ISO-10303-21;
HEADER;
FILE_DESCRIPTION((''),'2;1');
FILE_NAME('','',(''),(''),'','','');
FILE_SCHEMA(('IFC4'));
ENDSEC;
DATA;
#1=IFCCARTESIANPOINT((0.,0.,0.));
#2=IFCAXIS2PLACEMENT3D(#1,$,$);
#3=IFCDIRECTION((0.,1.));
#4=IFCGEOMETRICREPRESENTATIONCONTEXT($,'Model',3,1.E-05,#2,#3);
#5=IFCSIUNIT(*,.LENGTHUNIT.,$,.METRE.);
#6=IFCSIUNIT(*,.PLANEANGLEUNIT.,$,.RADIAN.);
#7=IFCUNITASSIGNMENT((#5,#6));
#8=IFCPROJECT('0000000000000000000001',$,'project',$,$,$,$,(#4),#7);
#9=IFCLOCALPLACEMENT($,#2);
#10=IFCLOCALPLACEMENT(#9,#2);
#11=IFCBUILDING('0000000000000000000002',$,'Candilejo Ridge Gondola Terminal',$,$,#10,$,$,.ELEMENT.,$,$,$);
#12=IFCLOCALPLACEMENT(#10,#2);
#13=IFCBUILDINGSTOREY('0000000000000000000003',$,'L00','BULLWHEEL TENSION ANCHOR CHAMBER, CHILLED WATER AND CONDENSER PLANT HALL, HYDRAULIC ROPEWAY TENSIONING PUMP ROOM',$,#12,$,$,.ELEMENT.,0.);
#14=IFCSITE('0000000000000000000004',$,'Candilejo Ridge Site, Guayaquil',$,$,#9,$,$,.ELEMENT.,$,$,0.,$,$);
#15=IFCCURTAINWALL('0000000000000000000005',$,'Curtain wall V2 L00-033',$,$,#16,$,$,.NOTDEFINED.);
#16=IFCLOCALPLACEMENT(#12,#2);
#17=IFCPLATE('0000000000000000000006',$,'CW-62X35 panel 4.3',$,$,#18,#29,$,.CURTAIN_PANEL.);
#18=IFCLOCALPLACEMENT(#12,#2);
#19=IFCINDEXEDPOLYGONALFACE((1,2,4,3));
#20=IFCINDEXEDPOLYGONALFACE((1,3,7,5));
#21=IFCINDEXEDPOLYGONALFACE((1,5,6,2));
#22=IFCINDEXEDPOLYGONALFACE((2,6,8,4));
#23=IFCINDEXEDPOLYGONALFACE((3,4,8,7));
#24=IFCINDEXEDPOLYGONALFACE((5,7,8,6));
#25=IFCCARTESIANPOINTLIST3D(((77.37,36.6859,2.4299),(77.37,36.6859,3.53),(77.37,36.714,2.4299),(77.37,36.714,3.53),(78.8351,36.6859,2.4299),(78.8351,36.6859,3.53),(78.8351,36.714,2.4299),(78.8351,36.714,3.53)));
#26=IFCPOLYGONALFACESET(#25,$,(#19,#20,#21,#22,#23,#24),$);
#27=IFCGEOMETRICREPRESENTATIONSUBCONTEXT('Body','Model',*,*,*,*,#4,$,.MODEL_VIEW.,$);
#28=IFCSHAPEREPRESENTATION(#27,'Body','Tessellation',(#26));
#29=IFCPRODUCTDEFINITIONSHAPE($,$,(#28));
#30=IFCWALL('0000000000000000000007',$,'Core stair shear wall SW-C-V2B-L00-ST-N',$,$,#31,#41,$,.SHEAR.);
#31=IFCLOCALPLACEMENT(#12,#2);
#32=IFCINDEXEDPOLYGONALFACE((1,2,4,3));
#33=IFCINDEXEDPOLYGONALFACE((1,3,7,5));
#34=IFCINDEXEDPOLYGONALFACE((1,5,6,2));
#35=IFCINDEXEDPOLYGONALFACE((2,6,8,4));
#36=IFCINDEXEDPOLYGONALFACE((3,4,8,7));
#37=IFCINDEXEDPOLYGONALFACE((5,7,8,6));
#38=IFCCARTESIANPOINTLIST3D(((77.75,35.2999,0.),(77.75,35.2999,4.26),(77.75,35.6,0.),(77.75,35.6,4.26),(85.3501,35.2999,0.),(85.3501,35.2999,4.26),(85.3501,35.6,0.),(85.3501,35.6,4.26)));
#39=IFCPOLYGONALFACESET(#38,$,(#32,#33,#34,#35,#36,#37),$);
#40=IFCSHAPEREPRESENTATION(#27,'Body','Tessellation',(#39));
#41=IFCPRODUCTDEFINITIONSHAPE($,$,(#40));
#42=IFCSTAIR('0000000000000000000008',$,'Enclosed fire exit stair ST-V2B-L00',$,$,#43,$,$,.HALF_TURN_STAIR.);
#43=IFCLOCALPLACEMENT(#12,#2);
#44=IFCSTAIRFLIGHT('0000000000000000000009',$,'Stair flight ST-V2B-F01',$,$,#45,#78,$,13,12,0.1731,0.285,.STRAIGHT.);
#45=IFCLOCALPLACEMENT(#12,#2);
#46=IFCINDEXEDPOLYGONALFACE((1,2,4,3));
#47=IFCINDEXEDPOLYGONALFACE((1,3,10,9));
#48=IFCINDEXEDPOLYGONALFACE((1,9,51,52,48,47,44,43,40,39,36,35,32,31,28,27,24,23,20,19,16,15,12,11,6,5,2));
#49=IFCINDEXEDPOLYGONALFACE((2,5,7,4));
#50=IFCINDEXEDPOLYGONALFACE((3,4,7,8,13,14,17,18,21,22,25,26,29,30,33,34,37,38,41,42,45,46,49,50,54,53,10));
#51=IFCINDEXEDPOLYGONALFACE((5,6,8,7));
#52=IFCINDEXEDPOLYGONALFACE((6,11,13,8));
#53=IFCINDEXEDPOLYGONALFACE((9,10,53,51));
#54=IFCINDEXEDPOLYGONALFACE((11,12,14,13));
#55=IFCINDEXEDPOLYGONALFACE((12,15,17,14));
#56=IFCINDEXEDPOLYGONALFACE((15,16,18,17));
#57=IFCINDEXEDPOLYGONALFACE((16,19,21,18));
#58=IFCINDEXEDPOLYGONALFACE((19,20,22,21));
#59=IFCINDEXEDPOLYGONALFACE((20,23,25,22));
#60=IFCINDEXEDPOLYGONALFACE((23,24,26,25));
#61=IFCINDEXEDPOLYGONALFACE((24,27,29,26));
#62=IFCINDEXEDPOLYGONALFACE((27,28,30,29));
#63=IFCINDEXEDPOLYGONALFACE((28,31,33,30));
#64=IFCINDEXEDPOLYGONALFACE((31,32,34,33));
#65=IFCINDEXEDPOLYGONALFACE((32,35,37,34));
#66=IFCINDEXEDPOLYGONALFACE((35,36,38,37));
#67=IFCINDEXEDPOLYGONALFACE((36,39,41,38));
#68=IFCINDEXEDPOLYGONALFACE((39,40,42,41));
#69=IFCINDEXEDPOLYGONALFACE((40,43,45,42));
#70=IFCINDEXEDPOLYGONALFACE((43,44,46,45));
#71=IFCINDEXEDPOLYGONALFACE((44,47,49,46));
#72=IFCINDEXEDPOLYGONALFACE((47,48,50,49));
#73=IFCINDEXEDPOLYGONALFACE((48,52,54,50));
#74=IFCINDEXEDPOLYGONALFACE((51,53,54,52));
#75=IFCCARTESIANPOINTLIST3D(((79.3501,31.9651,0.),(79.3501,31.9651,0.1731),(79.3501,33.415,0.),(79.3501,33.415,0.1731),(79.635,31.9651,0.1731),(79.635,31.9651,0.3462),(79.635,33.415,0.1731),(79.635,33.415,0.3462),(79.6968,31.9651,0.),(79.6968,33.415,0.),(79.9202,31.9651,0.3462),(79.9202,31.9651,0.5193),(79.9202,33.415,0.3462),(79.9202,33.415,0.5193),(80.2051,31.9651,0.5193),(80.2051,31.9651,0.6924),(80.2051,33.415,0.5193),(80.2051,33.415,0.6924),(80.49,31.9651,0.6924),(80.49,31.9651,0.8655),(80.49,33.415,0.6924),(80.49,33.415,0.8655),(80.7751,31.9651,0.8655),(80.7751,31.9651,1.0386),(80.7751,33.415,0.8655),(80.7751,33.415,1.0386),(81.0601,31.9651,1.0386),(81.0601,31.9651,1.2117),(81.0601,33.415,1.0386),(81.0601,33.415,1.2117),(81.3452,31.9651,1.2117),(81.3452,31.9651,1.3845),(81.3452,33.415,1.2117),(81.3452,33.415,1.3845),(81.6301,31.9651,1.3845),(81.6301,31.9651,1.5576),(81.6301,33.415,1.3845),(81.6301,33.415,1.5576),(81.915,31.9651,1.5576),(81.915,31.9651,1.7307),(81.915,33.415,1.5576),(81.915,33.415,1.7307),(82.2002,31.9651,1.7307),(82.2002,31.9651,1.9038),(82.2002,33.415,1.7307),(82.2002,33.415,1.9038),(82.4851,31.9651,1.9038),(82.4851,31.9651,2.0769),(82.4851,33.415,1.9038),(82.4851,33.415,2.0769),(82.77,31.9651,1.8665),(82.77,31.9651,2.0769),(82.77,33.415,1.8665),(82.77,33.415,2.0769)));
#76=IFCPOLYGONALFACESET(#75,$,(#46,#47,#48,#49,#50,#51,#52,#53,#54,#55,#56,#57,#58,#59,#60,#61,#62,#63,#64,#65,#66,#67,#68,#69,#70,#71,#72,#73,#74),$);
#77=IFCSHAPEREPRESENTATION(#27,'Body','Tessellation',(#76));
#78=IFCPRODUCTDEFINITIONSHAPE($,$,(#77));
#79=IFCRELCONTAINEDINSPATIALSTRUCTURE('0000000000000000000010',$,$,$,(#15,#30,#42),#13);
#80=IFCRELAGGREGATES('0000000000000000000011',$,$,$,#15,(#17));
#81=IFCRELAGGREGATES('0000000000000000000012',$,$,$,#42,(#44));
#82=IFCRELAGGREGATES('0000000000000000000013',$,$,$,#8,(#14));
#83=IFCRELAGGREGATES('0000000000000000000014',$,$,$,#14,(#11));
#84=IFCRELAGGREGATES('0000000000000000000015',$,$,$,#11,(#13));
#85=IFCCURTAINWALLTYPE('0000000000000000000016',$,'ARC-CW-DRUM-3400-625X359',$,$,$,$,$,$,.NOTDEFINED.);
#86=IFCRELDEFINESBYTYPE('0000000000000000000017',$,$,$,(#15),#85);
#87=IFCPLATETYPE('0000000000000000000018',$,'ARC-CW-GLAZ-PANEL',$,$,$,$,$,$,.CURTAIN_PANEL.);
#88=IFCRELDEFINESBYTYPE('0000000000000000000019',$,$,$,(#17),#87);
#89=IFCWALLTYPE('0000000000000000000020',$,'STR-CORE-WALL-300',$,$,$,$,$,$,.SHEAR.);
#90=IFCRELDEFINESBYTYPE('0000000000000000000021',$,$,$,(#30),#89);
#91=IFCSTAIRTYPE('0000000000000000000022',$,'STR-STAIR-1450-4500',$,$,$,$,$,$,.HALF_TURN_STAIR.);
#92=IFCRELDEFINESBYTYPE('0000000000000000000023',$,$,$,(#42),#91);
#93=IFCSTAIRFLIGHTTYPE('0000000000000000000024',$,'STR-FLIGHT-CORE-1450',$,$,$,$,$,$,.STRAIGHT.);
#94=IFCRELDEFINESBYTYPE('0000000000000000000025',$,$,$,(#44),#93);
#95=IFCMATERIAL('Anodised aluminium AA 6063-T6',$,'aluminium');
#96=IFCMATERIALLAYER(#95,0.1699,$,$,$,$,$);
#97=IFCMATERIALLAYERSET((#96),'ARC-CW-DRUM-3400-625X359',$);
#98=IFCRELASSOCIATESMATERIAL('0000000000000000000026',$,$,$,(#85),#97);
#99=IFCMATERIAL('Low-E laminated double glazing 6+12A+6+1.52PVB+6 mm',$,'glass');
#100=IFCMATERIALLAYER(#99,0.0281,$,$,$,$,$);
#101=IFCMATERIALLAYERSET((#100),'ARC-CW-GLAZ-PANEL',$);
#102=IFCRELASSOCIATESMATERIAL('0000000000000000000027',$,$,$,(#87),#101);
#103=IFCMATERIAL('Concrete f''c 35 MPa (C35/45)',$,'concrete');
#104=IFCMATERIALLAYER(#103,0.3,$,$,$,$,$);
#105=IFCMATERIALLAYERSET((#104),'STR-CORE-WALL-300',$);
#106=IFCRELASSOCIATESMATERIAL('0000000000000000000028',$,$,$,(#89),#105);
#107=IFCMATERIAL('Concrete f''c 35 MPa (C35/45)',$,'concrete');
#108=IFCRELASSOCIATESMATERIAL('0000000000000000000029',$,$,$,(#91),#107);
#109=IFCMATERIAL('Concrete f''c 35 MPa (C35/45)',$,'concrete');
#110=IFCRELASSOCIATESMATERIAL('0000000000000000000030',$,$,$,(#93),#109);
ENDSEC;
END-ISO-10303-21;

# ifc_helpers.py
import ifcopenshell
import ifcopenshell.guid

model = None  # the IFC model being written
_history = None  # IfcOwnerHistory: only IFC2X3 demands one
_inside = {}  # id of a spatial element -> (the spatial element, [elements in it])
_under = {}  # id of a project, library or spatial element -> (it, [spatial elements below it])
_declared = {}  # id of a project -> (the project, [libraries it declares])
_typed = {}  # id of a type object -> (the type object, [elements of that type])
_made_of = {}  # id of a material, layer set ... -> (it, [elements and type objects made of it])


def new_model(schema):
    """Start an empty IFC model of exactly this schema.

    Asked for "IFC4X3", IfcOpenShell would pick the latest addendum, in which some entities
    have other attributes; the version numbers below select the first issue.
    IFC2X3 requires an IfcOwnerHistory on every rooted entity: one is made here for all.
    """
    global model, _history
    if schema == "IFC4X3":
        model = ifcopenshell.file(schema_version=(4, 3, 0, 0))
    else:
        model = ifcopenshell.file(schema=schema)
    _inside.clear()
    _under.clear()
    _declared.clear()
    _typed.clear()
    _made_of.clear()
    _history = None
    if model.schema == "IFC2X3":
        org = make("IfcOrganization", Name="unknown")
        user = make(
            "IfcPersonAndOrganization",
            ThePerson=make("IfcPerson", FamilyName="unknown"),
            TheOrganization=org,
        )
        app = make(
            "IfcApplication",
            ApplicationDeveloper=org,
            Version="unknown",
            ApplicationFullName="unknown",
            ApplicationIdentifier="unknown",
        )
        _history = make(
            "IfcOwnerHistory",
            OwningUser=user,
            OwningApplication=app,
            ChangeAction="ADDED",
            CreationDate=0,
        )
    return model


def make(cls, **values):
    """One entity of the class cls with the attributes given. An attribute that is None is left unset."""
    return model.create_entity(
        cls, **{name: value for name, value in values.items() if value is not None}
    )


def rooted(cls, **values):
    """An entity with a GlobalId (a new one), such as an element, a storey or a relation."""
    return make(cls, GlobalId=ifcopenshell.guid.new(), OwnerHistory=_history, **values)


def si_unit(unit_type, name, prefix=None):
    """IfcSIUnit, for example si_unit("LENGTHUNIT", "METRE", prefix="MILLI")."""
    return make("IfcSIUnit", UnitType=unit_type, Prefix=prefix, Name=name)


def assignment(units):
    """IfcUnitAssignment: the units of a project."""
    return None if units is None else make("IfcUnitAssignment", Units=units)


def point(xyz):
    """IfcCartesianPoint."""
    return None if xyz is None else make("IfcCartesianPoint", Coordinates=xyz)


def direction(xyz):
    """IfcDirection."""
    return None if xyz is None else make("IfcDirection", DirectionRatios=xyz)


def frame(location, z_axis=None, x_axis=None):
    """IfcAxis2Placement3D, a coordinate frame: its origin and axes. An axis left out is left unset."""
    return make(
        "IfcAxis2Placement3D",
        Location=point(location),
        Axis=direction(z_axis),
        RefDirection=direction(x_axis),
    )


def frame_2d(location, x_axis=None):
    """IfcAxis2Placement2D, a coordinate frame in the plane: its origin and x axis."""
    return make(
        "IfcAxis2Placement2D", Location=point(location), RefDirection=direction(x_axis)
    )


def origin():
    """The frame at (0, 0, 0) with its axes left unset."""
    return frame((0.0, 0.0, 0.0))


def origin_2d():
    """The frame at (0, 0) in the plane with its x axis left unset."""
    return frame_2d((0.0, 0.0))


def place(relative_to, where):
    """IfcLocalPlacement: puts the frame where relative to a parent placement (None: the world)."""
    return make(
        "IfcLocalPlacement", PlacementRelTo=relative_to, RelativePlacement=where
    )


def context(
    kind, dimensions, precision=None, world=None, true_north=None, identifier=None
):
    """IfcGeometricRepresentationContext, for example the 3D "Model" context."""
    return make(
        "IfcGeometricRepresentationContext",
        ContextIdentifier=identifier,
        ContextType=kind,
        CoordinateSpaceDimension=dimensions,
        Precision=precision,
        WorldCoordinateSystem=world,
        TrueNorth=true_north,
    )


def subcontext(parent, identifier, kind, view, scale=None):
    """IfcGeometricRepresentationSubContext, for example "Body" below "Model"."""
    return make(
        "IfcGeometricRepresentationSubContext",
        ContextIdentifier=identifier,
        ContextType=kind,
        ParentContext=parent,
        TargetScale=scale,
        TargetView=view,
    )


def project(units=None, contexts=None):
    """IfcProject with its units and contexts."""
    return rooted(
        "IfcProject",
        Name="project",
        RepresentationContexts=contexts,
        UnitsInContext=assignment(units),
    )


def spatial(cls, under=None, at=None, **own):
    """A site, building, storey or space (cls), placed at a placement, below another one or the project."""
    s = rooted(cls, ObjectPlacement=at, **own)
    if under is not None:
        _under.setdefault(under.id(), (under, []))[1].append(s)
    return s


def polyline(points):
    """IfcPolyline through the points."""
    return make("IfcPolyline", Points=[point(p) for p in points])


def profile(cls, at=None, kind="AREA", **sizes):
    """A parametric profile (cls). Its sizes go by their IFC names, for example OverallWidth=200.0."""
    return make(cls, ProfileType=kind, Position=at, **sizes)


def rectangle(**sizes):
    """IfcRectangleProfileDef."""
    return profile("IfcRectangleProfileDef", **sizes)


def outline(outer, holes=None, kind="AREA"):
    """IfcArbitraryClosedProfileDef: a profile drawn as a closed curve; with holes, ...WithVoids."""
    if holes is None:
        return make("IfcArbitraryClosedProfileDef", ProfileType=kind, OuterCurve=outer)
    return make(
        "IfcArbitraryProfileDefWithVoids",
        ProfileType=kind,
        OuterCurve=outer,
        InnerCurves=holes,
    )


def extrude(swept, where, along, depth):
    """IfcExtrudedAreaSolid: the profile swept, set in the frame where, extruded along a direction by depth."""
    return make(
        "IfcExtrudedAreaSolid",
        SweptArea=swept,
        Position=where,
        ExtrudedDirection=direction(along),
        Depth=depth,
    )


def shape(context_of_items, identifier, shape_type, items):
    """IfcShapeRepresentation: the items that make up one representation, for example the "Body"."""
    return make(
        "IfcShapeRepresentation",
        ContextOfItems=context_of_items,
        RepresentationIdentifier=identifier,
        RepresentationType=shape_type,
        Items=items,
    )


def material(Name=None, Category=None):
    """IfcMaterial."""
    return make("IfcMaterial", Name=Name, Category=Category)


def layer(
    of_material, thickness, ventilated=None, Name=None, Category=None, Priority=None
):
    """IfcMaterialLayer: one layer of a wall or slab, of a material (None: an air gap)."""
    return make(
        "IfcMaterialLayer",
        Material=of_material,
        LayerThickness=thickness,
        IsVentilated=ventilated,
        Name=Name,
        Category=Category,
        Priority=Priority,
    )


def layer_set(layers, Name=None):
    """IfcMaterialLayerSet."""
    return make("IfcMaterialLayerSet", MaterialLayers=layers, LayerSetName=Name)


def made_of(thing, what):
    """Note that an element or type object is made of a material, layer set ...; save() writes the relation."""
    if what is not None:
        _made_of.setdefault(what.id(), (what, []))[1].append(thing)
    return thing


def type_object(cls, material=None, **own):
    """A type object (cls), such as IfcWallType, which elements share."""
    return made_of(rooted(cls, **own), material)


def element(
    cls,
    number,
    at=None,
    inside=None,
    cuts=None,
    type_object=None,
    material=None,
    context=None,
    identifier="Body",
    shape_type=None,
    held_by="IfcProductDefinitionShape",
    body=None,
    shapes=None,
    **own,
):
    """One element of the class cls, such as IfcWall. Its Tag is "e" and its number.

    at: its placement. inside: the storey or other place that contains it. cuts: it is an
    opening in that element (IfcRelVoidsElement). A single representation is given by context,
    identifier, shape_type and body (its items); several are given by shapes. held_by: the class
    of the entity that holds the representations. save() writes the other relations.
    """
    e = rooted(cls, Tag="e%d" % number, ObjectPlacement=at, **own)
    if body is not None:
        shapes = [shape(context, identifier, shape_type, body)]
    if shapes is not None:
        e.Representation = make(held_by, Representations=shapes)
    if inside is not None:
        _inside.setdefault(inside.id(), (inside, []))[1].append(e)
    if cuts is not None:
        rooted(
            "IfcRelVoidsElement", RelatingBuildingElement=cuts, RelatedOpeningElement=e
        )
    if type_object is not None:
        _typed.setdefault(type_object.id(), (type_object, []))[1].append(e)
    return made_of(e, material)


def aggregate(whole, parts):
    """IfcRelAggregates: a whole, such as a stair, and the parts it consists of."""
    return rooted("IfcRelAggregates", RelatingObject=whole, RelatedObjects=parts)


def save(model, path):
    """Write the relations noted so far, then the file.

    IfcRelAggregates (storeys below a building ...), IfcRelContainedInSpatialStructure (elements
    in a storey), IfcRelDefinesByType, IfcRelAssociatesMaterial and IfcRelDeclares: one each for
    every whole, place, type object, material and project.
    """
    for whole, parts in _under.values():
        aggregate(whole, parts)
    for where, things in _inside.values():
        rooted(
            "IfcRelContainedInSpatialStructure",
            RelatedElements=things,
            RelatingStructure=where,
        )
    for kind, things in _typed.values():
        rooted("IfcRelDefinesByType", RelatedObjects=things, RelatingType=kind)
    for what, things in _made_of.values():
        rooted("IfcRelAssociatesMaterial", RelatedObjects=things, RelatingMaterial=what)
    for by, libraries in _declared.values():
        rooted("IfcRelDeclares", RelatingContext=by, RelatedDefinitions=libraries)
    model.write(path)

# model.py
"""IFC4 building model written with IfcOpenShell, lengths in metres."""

from ifc_helpers import new_model, si_unit, direction, frame, frame_2d, origin, origin_2d, place, context, subcontext, project, spatial, polyline, rectangle, outline, extrude, material, layer, layer_set, type_object, element, aggregate, save


model = new_model("IFC4")

# Units and contexts
model_context = context("Model", 3, precision=1e-05, world=origin(), true_north=direction((0.0, 1.0)))
body_context = subcontext(model_context, "Body", "Model", "MODEL_VIEW")
ifc_project = project(units=[si_unit("LENGTHUNIT", "METRE"), si_unit("PLANEANGLEUNIT", "RADIAN")], contexts=[model_context])

# Site, building, storey
site_placement = place(None, origin())
site = spatial("IfcSite", under=ifc_project, at=site_placement, Name="Candilejo Ridge Site, Guayaquil", CompositionType="ELEMENT", RefElevation=0.0)
building_placement = place(site_placement, origin())
building = spatial("IfcBuilding", under=site, at=building_placement, Name="Candilejo Ridge Gondola Terminal", CompositionType="ELEMENT")
storey_placement = place(building_placement, origin())
storey = spatial("IfcBuildingStorey", under=building, at=storey_placement, Name="L00", Description="BULLWHEEL TENSION ANCHOR CHAMBER, CHILLED WATER AND CONDENSER PLANT HALL, HYDRAULIC ROPEWAY TENSIONING PUMP ROOM", CompositionType="ELEMENT", Elevation=0.0)

# Curtain wall
ifc_material_1 = material(Name="Anodised aluminium AA 6063-T6", Category="aluminium")
ifc_layer_1 = layer(ifc_material_1, 0.1699)
ifc_layer_set_1 = layer_set([ifc_layer_1], Name="ARC-CW-DRUM-3400-625X359")
curtain_wall_type = type_object("IfcCurtainWallType", Name="ARC-CW-DRUM-3400-625X359", PredefinedType="NOTDEFINED", material=ifc_layer_set_1)
curtain_wall_placement = place(storey_placement, origin())
curtain_wall = element("IfcCurtainWall", 1, at=curtain_wall_placement, inside=storey, type_object=curtain_wall_type, Name="Curtain wall V2 L00-033", PredefinedType="NOTDEFINED")

# Plate
ifc_material_2 = material(Name="Low-E laminated double glazing 6+12A+6+1.52PVB+6 mm", Category="glass")
ifc_layer_2 = layer(ifc_material_2, 0.0281)
ifc_layer_set_2 = layer_set([ifc_layer_2], Name="ARC-CW-GLAZ-PANEL")
plate_type = type_object("IfcPlateType", Name="ARC-CW-GLAZ-PANEL", PredefinedType="CURTAIN_PANEL", material=ifc_layer_set_2)
plate_1_placement = place(storey_placement, frame((78.1025, 36.7, 2.4299), z_axis=(0.0, 0.0, 1.0), x_axis=(1.0, 0.0, 0.0)))
plate_1 = element("IfcPlate", 2, at=plate_1_placement, type_object=plate_type, Name="CW-62X35 panel 4.3", PredefinedType="CURTAIN_PANEL", context=body_context, shape_type="SweptSolid", body=[
    extrude(rectangle(XDim=1.4651, YDim=0.0281, at=origin_2d()), origin(), (0.0, 0.0, 1.0), 1.1001),
])
aggregate(curtain_wall, [plate_1])

# Wall
ifc_material_3 = material(Name="Concrete f'c 35 MPa (C35/45)", Category="concrete")
ifc_layer_3 = layer(ifc_material_3, 0.3)
ifc_layer_set_3 = layer_set([ifc_layer_3], Name="STR-CORE-WALL-300")
wall_type = type_object("IfcWallType", Name="STR-CORE-WALL-300", PredefinedType="SHEAR", material=ifc_layer_set_3)
wall_placement = place(storey_placement, frame((77.75, 35.45, 0.0), z_axis=(0.0, 0.0, 1.0), x_axis=(1.0, 0.0, 0.0)))
element("IfcWall", 3, at=wall_placement, inside=storey, type_object=wall_type, Name="Core stair shear wall SW-C-V2B-L00-ST-N", PredefinedType="SHEAR", context=body_context, shape_type="SweptSolid", body=[
    extrude(rectangle(XDim=7.6001, YDim=0.3, at=frame_2d((3.8, 0.0))), origin(), (0.0, 0.0, 1.0), 4.26),
])

# Stair, stair flight
ifc_material_4 = material(Name="Concrete f'c 35 MPa (C35/45)", Category="concrete")
stair_type = type_object("IfcStairType", Name="STR-STAIR-1450-4500", PredefinedType="HALF_TURN_STAIR", material=ifc_material_4)
stair_placement = place(storey_placement, origin())
stair = element("IfcStair", 4, at=stair_placement, inside=storey, type_object=stair_type, Name="Enclosed fire exit stair ST-V2B-L00", PredefinedType="HALF_TURN_STAIR")
ifc_material_5 = material(Name="Concrete f'c 35 MPa (C35/45)", Category="concrete")
stair_flight_type = type_object("IfcStairFlightType", Name="STR-FLIGHT-CORE-1450", PredefinedType="STRAIGHT", material=ifc_material_5)
stair_flight_placement = place(storey_placement, frame((79.3501, 32.6899, 0.0), z_axis=(0.0, 0.0, 1.0), x_axis=(1.0, 0.0, 0.0)))
stair_flight = element("IfcStairFlight", 5, at=stair_flight_placement, type_object=stair_flight_type, Name="Stair flight ST-V2B-F01", NumberOfRisers=13, NumberOfTreads=12, PredefinedType="STRAIGHT", RiserHeight=0.1731, TreadLength=0.285, context=body_context, shape_type="SweptSolid", body=[
    extrude(outline(polyline([(0.0, 0.0), (0.0, 0.1731), (0.2849, 0.1731), (0.2849, 0.3462), (0.5701, 0.3462), (0.5701, 0.5193), (0.855, 0.5193), (0.855, 0.6924), (1.1399, 0.6924), (1.1399, 0.8655), (1.425, 0.8655), (1.425, 1.0386), (1.71, 1.0386), (1.71, 1.2117), (1.9951, 1.2117), (1.9951, 1.3845), (2.28, 1.3845), (2.28, 1.5576), (2.5649, 1.5576), (2.5649, 1.7307), (2.8501, 1.7307), (2.8501, 1.9038), (3.135, 1.9038), (3.135, 2.0769), (3.4199, 2.0769), (3.4199, 2.25), (3.4199, 1.8665), (0.3467, 0.0), (0.0, 0.0)])), frame((0.0, 0.7251, 0.0), z_axis=(0.0, -1.0, 0.0), x_axis=(1.0, 0.0, 0.0)), (0.0, 0.0, 1.0), 1.45),
])
aggregate(stair, [stair_flight])

save(model, "model.ifc")
